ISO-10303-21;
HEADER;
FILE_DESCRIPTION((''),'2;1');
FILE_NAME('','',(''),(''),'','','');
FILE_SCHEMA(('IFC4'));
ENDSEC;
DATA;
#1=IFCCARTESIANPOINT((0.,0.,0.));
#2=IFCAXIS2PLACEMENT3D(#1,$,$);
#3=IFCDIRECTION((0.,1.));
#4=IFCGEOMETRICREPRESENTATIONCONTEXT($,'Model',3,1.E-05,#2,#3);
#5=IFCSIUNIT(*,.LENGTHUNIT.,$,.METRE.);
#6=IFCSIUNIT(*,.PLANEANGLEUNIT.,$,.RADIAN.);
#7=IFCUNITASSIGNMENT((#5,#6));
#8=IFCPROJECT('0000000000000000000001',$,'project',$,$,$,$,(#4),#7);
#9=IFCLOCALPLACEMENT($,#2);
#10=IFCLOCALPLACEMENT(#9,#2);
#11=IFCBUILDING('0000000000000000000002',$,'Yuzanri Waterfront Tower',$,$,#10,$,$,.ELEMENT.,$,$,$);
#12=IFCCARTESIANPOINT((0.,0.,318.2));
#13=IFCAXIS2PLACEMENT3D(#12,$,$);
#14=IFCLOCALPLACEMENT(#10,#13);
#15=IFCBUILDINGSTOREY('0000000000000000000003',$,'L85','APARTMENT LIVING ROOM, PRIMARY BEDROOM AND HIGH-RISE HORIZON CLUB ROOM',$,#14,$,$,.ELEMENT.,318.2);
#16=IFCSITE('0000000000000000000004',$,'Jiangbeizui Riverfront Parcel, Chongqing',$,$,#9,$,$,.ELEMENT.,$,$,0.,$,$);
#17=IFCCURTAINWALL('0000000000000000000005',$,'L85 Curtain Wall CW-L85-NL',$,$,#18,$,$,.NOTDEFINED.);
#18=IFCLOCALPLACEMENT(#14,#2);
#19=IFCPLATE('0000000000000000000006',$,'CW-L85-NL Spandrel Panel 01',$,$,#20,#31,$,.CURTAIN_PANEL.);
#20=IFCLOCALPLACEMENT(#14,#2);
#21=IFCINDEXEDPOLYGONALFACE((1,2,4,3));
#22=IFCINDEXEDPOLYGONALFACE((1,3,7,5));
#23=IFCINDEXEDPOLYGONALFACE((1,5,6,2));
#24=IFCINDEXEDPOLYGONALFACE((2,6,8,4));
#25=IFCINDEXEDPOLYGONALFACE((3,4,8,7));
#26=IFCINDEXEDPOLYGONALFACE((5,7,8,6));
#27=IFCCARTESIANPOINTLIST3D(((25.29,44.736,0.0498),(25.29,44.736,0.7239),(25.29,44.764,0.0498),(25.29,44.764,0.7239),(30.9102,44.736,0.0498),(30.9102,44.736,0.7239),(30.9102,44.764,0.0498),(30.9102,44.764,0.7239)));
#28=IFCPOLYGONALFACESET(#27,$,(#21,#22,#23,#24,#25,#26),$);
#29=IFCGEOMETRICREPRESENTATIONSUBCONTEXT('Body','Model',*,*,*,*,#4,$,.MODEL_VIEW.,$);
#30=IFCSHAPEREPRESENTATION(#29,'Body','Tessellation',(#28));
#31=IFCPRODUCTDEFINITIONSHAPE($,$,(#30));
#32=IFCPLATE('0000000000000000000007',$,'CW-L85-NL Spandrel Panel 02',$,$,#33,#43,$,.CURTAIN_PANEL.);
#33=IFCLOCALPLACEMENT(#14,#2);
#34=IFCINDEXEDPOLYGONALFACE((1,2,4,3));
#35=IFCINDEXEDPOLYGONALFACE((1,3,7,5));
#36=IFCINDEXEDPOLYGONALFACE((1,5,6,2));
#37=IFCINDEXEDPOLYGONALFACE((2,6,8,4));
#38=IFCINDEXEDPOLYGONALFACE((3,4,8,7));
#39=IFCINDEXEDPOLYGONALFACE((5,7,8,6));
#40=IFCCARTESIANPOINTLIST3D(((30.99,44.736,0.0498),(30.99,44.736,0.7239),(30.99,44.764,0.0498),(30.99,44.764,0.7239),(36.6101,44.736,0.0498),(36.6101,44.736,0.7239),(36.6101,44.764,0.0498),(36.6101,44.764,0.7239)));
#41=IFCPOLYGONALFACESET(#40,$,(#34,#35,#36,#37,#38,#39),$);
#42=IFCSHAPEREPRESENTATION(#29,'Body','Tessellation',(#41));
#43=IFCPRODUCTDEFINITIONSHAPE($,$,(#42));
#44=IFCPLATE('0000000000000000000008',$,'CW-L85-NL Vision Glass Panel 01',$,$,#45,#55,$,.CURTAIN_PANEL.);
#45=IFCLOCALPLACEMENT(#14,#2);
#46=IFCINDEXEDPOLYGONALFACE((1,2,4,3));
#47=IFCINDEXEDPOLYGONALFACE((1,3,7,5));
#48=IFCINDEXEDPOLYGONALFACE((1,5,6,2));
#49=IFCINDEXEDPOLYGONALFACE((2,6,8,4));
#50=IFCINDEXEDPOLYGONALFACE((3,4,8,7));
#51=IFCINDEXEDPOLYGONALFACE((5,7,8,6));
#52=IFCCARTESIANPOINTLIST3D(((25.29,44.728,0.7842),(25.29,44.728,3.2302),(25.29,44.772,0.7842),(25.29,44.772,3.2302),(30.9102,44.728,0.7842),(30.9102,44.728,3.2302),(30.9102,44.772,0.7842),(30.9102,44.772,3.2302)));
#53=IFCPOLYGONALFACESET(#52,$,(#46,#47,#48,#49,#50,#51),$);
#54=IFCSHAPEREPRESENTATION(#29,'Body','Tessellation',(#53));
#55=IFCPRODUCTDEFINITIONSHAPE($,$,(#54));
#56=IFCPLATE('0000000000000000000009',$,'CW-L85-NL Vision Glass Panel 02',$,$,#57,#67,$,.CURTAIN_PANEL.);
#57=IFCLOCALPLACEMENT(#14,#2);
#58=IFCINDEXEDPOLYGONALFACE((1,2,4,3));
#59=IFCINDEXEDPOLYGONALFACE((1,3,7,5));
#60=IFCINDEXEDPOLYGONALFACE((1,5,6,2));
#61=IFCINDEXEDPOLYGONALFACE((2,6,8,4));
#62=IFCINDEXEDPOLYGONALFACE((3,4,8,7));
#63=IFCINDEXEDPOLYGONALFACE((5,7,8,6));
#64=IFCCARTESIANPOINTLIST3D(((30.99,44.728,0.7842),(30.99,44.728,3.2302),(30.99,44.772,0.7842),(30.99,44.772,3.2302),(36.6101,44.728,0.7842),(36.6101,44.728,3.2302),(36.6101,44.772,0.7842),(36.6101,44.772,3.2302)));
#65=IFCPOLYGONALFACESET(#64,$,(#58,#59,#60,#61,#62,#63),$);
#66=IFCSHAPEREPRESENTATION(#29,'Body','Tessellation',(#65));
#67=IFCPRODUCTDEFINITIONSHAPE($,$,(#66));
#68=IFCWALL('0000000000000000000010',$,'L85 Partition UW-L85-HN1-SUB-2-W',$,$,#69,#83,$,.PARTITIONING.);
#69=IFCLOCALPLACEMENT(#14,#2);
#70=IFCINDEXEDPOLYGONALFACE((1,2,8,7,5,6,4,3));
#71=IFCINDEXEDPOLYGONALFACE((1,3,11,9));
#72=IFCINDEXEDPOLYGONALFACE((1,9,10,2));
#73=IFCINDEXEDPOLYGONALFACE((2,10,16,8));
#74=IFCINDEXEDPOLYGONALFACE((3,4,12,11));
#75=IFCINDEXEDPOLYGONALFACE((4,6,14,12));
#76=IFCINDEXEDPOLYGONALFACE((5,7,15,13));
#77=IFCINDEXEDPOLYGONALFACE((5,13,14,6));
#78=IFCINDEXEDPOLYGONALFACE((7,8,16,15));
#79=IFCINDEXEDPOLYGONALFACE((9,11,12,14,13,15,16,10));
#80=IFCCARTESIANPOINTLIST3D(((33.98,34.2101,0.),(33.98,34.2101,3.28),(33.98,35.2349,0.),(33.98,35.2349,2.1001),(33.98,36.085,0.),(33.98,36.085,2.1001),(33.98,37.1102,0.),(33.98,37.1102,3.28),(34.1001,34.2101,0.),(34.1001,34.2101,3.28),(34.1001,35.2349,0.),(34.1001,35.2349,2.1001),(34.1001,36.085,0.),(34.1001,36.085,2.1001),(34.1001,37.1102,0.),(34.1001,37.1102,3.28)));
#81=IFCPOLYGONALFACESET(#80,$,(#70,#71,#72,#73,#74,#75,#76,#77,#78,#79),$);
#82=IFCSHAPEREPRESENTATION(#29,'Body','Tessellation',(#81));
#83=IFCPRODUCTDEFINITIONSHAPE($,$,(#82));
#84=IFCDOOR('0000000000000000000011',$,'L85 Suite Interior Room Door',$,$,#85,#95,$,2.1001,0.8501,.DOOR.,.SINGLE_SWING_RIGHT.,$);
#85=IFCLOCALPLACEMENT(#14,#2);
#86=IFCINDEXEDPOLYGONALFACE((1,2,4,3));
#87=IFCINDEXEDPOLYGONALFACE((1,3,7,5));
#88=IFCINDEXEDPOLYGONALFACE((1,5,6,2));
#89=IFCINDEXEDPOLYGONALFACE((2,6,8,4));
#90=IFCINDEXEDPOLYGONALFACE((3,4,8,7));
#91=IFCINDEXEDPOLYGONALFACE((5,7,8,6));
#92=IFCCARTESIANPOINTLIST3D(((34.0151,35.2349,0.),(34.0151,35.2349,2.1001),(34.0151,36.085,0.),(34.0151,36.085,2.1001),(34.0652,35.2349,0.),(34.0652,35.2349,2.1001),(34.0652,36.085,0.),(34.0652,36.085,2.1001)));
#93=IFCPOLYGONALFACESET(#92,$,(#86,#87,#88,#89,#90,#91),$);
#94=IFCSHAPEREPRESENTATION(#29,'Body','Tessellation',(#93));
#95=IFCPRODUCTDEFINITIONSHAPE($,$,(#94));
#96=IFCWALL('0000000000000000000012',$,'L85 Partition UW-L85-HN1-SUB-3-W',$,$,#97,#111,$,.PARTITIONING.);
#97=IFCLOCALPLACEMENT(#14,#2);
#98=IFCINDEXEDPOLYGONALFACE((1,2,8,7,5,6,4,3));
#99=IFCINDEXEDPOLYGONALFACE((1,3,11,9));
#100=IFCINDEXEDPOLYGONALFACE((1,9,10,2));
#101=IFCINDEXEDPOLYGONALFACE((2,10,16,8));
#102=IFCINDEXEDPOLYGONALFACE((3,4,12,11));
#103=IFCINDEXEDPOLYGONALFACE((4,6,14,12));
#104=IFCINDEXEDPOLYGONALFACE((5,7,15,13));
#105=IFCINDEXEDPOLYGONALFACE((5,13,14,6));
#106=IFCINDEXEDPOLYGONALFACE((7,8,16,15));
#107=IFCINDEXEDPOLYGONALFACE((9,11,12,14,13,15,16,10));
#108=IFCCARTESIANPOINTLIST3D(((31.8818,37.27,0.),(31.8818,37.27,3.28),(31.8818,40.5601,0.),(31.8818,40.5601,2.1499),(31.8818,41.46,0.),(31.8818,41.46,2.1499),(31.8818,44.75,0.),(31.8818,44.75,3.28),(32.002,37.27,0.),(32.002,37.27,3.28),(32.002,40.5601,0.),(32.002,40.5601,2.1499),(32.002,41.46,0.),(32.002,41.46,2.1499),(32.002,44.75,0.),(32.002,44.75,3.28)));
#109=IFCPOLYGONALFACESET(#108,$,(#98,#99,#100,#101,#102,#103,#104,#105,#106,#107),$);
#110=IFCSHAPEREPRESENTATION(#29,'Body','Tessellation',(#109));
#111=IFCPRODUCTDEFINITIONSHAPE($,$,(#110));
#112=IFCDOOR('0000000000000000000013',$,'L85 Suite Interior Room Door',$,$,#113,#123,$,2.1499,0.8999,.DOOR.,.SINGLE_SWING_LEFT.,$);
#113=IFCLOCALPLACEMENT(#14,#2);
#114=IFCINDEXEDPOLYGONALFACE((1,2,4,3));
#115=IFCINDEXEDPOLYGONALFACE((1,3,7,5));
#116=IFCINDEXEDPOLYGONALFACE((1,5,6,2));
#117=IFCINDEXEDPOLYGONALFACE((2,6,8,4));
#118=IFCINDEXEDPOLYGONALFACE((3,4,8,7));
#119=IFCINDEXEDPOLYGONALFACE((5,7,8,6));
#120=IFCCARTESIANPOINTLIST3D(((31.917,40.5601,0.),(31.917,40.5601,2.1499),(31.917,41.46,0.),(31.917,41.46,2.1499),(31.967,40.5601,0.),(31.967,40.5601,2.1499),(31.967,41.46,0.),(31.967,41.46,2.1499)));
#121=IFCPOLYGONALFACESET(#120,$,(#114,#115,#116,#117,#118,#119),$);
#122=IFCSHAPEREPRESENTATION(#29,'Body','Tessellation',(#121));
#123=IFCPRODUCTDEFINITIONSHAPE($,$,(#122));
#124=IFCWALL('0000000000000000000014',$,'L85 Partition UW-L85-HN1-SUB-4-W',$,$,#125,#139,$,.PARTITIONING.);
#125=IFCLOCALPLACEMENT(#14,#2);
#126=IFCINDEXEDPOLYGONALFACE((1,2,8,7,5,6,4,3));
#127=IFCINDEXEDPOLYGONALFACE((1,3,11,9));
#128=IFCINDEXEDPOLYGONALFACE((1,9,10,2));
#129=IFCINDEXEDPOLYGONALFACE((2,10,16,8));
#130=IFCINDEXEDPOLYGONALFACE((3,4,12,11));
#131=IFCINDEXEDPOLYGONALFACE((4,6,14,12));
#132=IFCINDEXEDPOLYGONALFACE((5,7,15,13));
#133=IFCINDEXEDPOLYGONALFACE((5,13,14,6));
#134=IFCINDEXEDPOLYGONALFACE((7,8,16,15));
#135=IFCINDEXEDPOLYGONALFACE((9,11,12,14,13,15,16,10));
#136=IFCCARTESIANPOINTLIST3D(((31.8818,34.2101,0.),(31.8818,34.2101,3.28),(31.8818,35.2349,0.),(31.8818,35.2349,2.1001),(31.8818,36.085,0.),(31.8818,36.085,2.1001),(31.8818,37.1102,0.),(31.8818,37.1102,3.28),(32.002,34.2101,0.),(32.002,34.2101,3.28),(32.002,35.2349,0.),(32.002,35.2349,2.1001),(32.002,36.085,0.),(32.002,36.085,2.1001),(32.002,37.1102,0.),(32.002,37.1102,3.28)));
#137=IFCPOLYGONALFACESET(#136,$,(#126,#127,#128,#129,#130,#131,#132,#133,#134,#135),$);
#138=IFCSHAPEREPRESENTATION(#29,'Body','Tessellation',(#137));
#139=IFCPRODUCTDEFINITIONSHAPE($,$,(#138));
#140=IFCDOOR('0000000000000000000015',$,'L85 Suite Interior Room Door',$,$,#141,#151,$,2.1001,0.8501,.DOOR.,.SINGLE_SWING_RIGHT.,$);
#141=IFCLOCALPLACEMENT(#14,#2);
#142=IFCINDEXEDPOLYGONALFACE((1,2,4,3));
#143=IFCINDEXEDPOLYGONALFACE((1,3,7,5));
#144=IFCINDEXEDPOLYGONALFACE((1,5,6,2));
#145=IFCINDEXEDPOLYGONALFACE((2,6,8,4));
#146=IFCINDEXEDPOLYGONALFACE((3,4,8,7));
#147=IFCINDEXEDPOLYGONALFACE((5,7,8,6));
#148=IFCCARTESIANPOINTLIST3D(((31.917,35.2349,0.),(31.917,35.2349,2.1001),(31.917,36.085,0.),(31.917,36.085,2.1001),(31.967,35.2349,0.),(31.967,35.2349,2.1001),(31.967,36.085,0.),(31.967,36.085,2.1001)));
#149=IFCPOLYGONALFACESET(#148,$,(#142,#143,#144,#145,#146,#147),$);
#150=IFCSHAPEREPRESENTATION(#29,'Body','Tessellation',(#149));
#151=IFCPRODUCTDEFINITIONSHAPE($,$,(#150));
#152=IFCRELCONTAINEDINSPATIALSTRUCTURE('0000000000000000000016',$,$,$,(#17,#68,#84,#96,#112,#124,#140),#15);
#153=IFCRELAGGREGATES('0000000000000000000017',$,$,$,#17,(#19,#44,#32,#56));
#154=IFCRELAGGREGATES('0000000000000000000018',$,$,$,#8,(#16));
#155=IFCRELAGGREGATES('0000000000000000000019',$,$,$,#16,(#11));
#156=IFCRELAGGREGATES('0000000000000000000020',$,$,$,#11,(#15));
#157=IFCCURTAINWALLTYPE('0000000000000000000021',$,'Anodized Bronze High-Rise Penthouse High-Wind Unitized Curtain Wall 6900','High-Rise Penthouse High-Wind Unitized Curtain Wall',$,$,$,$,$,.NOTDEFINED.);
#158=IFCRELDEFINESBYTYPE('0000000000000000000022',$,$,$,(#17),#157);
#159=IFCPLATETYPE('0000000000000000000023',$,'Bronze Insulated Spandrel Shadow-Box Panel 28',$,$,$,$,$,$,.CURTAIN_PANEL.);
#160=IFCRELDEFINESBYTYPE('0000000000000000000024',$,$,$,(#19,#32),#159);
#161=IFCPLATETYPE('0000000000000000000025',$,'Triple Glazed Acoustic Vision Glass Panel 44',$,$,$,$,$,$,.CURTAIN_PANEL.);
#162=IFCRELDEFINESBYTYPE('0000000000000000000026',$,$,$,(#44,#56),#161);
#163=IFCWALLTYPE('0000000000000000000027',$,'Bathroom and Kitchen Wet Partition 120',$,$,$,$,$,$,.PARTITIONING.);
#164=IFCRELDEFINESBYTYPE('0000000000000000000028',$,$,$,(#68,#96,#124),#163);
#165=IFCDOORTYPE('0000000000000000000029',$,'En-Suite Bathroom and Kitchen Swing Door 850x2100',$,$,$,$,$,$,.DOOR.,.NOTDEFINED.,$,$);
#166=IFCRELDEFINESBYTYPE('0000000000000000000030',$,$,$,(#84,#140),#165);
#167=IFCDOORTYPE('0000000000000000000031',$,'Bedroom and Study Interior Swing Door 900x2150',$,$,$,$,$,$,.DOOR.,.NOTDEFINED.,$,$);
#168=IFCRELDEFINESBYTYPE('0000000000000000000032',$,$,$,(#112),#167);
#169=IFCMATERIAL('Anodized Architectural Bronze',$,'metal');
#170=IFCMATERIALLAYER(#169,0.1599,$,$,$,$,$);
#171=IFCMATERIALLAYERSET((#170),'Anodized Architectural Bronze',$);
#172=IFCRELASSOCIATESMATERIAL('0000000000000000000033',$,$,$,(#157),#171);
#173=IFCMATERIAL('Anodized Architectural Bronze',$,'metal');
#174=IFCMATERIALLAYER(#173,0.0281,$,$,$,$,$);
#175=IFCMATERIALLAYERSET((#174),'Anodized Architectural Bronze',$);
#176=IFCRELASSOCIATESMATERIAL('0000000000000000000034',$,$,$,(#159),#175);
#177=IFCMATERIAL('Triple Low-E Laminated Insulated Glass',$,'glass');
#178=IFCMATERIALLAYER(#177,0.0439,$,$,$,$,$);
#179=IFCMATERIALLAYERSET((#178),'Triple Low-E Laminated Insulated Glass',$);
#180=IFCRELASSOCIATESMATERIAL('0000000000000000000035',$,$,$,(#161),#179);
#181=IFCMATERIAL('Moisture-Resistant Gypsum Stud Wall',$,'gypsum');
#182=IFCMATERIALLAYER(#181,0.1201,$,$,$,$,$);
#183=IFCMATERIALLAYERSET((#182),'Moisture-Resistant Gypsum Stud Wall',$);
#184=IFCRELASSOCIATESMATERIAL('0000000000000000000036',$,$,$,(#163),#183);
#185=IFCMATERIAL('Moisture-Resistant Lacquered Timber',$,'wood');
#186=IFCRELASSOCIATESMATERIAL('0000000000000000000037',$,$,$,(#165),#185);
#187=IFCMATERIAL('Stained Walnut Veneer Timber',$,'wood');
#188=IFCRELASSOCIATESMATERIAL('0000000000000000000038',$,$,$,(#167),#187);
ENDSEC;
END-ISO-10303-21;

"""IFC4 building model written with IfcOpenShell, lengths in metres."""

from ifc_helpers import new_model, si_unit, direction, frame, frame_2d, origin, origin_2d, place, context, subcontext, project, spatial, rectangle, extrude, source, transform, mapped, material, layer, layer_set, type_object, element, fill, aggregate, save


model = new_model("IFC4")

# Units and contexts
model_context = context("Model", 3, precision=1e-05, world=origin(), true_north=direction((0.0, 1.0)))
body_context = subcontext(model_context, "Body", "Model", "MODEL_VIEW")
ifc_project = project(units=[si_unit("LENGTHUNIT", "METRE"), si_unit("PLANEANGLEUNIT", "RADIAN")], contexts=[model_context])

# Site, building, storey
site_placement = place(None, origin())
site = spatial("IfcSite", under=ifc_project, at=site_placement, Name="Jiangbeizui Riverfront Parcel, Chongqing", CompositionType="ELEMENT", RefElevation=0.0)
building_placement = place(site_placement, origin())
building = spatial("IfcBuilding", under=site, at=building_placement, Name="Yuzanri Waterfront Tower", CompositionType="ELEMENT")
storey_placement = place(building_placement, frame((0.0, 0.0, 318.2)))
storey = spatial("IfcBuildingStorey", under=building, at=storey_placement, Name="L85", Description="APARTMENT LIVING ROOM, PRIMARY BEDROOM AND HIGH-RISE HORIZON CLUB ROOM", CompositionType="ELEMENT", Elevation=318.2)

# Curtain wall, plates
ifc_material_1 = material(Name="Anodized Architectural Bronze", Category="metal")
ifc_layer_1 = layer(ifc_material_1, 0.1599)
ifc_layer_set_1 = layer_set([ifc_layer_1], Name="Anodized Architectural Bronze")
curtain_wall_type = type_object("IfcCurtainWallType", Name="Anodized Bronze High-Rise Penthouse High-Wind Unitized Curtain Wall 6900", Description="High-Rise Penthouse High-Wind Unitized Curtain Wall", PredefinedType="NOTDEFINED", material=ifc_layer_set_1)
curtain_wall_placement = place(storey_placement, origin())
curtain_wall = element("IfcCurtainWall", 1, at=curtain_wall_placement, inside=storey, type_object=curtain_wall_type, Name="L85 Curtain Wall CW-L85-NL", PredefinedType="NOTDEFINED")
ifc_material_2 = material(Name="Anodized Architectural Bronze", Category="metal")
ifc_layer_2 = layer(ifc_material_2, 0.0281)
ifc_layer_set_2 = layer_set([ifc_layer_2], Name="Anodized Architectural Bronze")
plate_type_1 = type_object("IfcPlateType", Name="Bronze Insulated Spandrel Shadow-Box Panel 28", PredefinedType="CURTAIN_PANEL", material=ifc_layer_set_2)
shared_shape_1 = source(origin(), body_context, "Body", "SweptSolid", [
    extrude(rectangle(XDim=5.6201, YDim=0.0281, at=origin_2d()), origin(), (0.0, 0.0, 1.0), 0.6741),
])
plate_1_placement = place(storey_placement, frame((28.1001, 44.75, 0.0498), z_axis=(0.0, 0.0, 1.0), x_axis=(1.0, 0.0, 0.0)))
plate_1 = element("IfcPlate", 2, at=plate_1_placement, type_object=plate_type_1, Name="CW-L85-NL Spandrel Panel 01", PredefinedType="CURTAIN_PANEL", context=body_context, shape_type="MappedRepresentation", body=[
    mapped(shared_shape_1, transform((0.0, 0.0, 0.0), scale=1.0)),
])
plate_2_placement = place(storey_placement, frame((33.8, 44.75, 0.0498), z_axis=(0.0, 0.0, 1.0), x_axis=(1.0, 0.0, 0.0)))
plate_2 = element("IfcPlate", 3, at=plate_2_placement, type_object=plate_type_1, Name="CW-L85-NL Spandrel Panel 02", PredefinedType="CURTAIN_PANEL", context=body_context, shape_type="MappedRepresentation", body=[
    mapped(shared_shape_1, transform((0.0, 0.0, 0.0), scale=1.0)),
])
ifc_material_3 = material(Name="Triple Low-E Laminated Insulated Glass", Category="glass")
ifc_layer_3 = layer(ifc_material_3, 0.0439)
ifc_layer_set_3 = layer_set([ifc_layer_3], Name="Triple Low-E Laminated Insulated Glass")
plate_type_2 = type_object("IfcPlateType", Name="Triple Glazed Acoustic Vision Glass Panel 44", PredefinedType="CURTAIN_PANEL", material=ifc_layer_set_3)
shared_shape_2 = source(origin(), body_context, "Body", "SweptSolid", [
    extrude(rectangle(XDim=5.6201, YDim=0.0439, at=origin_2d()), origin(), (0.0, 0.0, 1.0), 2.446),
])
plate_3_placement = place(storey_placement, frame((28.1001, 44.75, 0.7842), z_axis=(0.0, 0.0, 1.0), x_axis=(1.0, 0.0, 0.0)))
plate_3 = element("IfcPlate", 4, at=plate_3_placement, type_object=plate_type_2, Name="CW-L85-NL Vision Glass Panel 01", PredefinedType="CURTAIN_PANEL", context=body_context, shape_type="MappedRepresentation", body=[
    mapped(shared_shape_2, transform((0.0, 0.0, 0.0), scale=1.0)),
])
plate_4_placement = place(storey_placement, frame((33.8, 44.75, 0.7842), z_axis=(0.0, 0.0, 1.0), x_axis=(1.0, 0.0, 0.0)))
plate_4 = element("IfcPlate", 5, at=plate_4_placement, type_object=plate_type_2, Name="CW-L85-NL Vision Glass Panel 02", PredefinedType="CURTAIN_PANEL", context=body_context, shape_type="MappedRepresentation", body=[
    mapped(shared_shape_2, transform((0.0, 0.0, 0.0), scale=1.0)),
])
aggregate(curtain_wall, [plate_1, plate_3, plate_2, plate_4])

# Walls, openings, doors
ifc_material_4 = material(Name="Moisture-Resistant Gypsum Stud Wall", Category="gypsum")
ifc_layer_4 = layer(ifc_material_4, 0.1201)
ifc_layer_set_4 = layer_set([ifc_layer_4], Name="Moisture-Resistant Gypsum Stud Wall")
wall_type = type_object("IfcWallType", Name="Bathroom and Kitchen Wet Partition 120", PredefinedType="PARTITIONING", material=ifc_layer_set_4)
wall_1_placement = place(storey_placement, frame((34.04, 34.21, 0.0), z_axis=(0.0, 0.0, 1.0), x_axis=(0.0, 1.0, 0.0)))
wall_1 = element("IfcWall", 6, at=wall_1_placement, inside=storey, type_object=wall_type, Name="L85 Partition UW-L85-HN1-SUB-2-W", PredefinedType="PARTITIONING", context=body_context, shape_type="SweptSolid", body=[
    extrude(rectangle(XDim=2.9001, YDim=0.1201, at=frame_2d((1.4502, 0.0))), origin(), (0.0, 0.0, 1.0), 3.28),
])
opening_1_placement = place(wall_1_placement, frame((1.0249, 0.0, 0.0)))
opening_1 = element("IfcOpeningElement", 7, at=opening_1_placement, cuts=wall_1, PredefinedType="OPENING", context=body_context, shape_type="SweptSolid", body=[
    extrude(rectangle(XDim=0.8501, YDim=2.1001, at=frame_2d((0.425, 1.05))), frame((0.0, 0.075, 0.0), z_axis=(0.0, -1.0, 0.0), x_axis=(1.0, 0.0, 0.0)), (0.0, 0.0, 1.0), 0.1499),
])
ifc_material_5 = material(Name="Moisture-Resistant Lacquered Timber", Category="wood")
door_type_1 = type_object("IfcDoorType", Name="En-Suite Bathroom and Kitchen Swing Door 850x2100", OperationType="NOTDEFINED", PredefinedType="DOOR", material=ifc_material_5)
shared_shape_3 = source(origin(), body_context, "Body", "SweptSolid", [
    extrude(rectangle(XDim=0.8501, YDim=2.1001, at=frame_2d((0.425, 1.05))), frame((0.0, 0.0249, 0.0), z_axis=(0.0, -1.0, 0.0), x_axis=(1.0, 0.0, 0.0)), (0.0, 0.0, 1.0), 0.05),
])
door_1_placement = place(opening_1_placement, origin())
door_1 = element("IfcDoor", 8, at=door_1_placement, inside=storey, type_object=door_type_1, Name="L85 Suite Interior Room Door", OperationType="SINGLE_SWING_RIGHT", OverallHeight=2.1001, OverallWidth=0.8501, PredefinedType="DOOR", context=body_context, shape_type="MappedRepresentation", body=[
    mapped(shared_shape_3, transform((0.0, 0.0, 0.0), scale=1.0)),
])
fill(opening_1, door_1)
wall_2_placement = place(storey_placement, frame((31.9419, 37.27, 0.0), z_axis=(0.0, 0.0, 1.0), x_axis=(0.0, 1.0, 0.0)))
wall_2 = element("IfcWall", 9, at=wall_2_placement, inside=storey, type_object=wall_type, Name="L85 Partition UW-L85-HN1-SUB-3-W", PredefinedType="PARTITIONING", context=body_context, shape_type="SweptSolid", body=[
    extrude(rectangle(XDim=7.48, YDim=0.1201, at=frame_2d((3.74, 0.0))), origin(), (0.0, 0.0, 1.0), 3.28),
])
opening_2_placement = place(wall_2_placement, frame((3.29, 0.0, 0.0)))
opening_2 = element("IfcOpeningElement", 10, at=opening_2_placement, cuts=wall_2, PredefinedType="OPENING", context=body_context, shape_type="SweptSolid", body=[
    extrude(rectangle(XDim=0.8999, YDim=2.1499, at=frame_2d((0.45, 1.075))), frame((0.0, 0.075, 0.0), z_axis=(0.0, -1.0, 0.0), x_axis=(1.0, 0.0, 0.0)), (0.0, 0.0, 1.0), 0.1499),
])
ifc_material_6 = material(Name="Stained Walnut Veneer Timber", Category="wood")
door_type_2 = type_object("IfcDoorType", Name="Bedroom and Study Interior Swing Door 900x2150", OperationType="NOTDEFINED", PredefinedType="DOOR", material=ifc_material_6)
shared_shape_4 = source(origin(), body_context, "Body", "SweptSolid", [
    extrude(rectangle(XDim=0.8999, YDim=2.1499, at=frame_2d((0.45, 1.075))), frame((0.0, 0.0249, 0.0), z_axis=(0.0, -1.0, 0.0), x_axis=(1.0, 0.0, 0.0)), (0.0, 0.0, 1.0), 0.05),
])
door_2_placement = place(opening_2_placement, origin())
door_2 = element("IfcDoor", 11, at=door_2_placement, inside=storey, type_object=door_type_2, Name="L85 Suite Interior Room Door", OperationType="SINGLE_SWING_LEFT", OverallHeight=2.1499, OverallWidth=0.8999, PredefinedType="DOOR", context=body_context, shape_type="MappedRepresentation", body=[
    mapped(shared_shape_4, transform((0.0, 0.0, 0.0), scale=1.0)),
])
fill(opening_2, door_2)
wall_3_placement = place(storey_placement, frame((31.9419, 34.21, 0.0), z_axis=(0.0, 0.0, 1.0), x_axis=(0.0, 1.0, 0.0)))
wall_3 = element("IfcWall", 12, at=wall_3_placement, inside=storey, type_object=wall_type, Name="L85 Partition UW-L85-HN1-SUB-4-W", PredefinedType="PARTITIONING", context=body_context, shape_type="SweptSolid", body=[
    extrude(rectangle(XDim=2.9001, YDim=0.1201, at=frame_2d((1.4502, 0.0))), origin(), (0.0, 0.0, 1.0), 3.28),
])
opening_3_placement = place(wall_3_placement, frame((1.0249, 0.0, 0.0)))
opening_3 = element("IfcOpeningElement", 13, at=opening_3_placement, cuts=wall_3, PredefinedType="OPENING", context=body_context, shape_type="SweptSolid", body=[
    extrude(rectangle(XDim=0.8501, YDim=2.1001, at=frame_2d((0.425, 1.05))), frame((0.0, 0.075, 0.0), z_axis=(0.0, -1.0, 0.0), x_axis=(1.0, 0.0, 0.0)), (0.0, 0.0, 1.0), 0.1499),
])
door_3_placement = place(opening_3_placement, origin())
door_3 = element("IfcDoor", 14, at=door_3_placement, inside=storey, type_object=door_type_1, Name="L85 Suite Interior Room Door", OperationType="SINGLE_SWING_RIGHT", OverallHeight=2.1001, OverallWidth=0.8501, PredefinedType="DOOR", context=body_context, shape_type="MappedRepresentation", body=[
    mapped(shared_shape_3, transform((0.0, 0.0, 0.0), scale=1.0)),
])
fill(opening_3, door_3)

save(model, "model.ifc")
